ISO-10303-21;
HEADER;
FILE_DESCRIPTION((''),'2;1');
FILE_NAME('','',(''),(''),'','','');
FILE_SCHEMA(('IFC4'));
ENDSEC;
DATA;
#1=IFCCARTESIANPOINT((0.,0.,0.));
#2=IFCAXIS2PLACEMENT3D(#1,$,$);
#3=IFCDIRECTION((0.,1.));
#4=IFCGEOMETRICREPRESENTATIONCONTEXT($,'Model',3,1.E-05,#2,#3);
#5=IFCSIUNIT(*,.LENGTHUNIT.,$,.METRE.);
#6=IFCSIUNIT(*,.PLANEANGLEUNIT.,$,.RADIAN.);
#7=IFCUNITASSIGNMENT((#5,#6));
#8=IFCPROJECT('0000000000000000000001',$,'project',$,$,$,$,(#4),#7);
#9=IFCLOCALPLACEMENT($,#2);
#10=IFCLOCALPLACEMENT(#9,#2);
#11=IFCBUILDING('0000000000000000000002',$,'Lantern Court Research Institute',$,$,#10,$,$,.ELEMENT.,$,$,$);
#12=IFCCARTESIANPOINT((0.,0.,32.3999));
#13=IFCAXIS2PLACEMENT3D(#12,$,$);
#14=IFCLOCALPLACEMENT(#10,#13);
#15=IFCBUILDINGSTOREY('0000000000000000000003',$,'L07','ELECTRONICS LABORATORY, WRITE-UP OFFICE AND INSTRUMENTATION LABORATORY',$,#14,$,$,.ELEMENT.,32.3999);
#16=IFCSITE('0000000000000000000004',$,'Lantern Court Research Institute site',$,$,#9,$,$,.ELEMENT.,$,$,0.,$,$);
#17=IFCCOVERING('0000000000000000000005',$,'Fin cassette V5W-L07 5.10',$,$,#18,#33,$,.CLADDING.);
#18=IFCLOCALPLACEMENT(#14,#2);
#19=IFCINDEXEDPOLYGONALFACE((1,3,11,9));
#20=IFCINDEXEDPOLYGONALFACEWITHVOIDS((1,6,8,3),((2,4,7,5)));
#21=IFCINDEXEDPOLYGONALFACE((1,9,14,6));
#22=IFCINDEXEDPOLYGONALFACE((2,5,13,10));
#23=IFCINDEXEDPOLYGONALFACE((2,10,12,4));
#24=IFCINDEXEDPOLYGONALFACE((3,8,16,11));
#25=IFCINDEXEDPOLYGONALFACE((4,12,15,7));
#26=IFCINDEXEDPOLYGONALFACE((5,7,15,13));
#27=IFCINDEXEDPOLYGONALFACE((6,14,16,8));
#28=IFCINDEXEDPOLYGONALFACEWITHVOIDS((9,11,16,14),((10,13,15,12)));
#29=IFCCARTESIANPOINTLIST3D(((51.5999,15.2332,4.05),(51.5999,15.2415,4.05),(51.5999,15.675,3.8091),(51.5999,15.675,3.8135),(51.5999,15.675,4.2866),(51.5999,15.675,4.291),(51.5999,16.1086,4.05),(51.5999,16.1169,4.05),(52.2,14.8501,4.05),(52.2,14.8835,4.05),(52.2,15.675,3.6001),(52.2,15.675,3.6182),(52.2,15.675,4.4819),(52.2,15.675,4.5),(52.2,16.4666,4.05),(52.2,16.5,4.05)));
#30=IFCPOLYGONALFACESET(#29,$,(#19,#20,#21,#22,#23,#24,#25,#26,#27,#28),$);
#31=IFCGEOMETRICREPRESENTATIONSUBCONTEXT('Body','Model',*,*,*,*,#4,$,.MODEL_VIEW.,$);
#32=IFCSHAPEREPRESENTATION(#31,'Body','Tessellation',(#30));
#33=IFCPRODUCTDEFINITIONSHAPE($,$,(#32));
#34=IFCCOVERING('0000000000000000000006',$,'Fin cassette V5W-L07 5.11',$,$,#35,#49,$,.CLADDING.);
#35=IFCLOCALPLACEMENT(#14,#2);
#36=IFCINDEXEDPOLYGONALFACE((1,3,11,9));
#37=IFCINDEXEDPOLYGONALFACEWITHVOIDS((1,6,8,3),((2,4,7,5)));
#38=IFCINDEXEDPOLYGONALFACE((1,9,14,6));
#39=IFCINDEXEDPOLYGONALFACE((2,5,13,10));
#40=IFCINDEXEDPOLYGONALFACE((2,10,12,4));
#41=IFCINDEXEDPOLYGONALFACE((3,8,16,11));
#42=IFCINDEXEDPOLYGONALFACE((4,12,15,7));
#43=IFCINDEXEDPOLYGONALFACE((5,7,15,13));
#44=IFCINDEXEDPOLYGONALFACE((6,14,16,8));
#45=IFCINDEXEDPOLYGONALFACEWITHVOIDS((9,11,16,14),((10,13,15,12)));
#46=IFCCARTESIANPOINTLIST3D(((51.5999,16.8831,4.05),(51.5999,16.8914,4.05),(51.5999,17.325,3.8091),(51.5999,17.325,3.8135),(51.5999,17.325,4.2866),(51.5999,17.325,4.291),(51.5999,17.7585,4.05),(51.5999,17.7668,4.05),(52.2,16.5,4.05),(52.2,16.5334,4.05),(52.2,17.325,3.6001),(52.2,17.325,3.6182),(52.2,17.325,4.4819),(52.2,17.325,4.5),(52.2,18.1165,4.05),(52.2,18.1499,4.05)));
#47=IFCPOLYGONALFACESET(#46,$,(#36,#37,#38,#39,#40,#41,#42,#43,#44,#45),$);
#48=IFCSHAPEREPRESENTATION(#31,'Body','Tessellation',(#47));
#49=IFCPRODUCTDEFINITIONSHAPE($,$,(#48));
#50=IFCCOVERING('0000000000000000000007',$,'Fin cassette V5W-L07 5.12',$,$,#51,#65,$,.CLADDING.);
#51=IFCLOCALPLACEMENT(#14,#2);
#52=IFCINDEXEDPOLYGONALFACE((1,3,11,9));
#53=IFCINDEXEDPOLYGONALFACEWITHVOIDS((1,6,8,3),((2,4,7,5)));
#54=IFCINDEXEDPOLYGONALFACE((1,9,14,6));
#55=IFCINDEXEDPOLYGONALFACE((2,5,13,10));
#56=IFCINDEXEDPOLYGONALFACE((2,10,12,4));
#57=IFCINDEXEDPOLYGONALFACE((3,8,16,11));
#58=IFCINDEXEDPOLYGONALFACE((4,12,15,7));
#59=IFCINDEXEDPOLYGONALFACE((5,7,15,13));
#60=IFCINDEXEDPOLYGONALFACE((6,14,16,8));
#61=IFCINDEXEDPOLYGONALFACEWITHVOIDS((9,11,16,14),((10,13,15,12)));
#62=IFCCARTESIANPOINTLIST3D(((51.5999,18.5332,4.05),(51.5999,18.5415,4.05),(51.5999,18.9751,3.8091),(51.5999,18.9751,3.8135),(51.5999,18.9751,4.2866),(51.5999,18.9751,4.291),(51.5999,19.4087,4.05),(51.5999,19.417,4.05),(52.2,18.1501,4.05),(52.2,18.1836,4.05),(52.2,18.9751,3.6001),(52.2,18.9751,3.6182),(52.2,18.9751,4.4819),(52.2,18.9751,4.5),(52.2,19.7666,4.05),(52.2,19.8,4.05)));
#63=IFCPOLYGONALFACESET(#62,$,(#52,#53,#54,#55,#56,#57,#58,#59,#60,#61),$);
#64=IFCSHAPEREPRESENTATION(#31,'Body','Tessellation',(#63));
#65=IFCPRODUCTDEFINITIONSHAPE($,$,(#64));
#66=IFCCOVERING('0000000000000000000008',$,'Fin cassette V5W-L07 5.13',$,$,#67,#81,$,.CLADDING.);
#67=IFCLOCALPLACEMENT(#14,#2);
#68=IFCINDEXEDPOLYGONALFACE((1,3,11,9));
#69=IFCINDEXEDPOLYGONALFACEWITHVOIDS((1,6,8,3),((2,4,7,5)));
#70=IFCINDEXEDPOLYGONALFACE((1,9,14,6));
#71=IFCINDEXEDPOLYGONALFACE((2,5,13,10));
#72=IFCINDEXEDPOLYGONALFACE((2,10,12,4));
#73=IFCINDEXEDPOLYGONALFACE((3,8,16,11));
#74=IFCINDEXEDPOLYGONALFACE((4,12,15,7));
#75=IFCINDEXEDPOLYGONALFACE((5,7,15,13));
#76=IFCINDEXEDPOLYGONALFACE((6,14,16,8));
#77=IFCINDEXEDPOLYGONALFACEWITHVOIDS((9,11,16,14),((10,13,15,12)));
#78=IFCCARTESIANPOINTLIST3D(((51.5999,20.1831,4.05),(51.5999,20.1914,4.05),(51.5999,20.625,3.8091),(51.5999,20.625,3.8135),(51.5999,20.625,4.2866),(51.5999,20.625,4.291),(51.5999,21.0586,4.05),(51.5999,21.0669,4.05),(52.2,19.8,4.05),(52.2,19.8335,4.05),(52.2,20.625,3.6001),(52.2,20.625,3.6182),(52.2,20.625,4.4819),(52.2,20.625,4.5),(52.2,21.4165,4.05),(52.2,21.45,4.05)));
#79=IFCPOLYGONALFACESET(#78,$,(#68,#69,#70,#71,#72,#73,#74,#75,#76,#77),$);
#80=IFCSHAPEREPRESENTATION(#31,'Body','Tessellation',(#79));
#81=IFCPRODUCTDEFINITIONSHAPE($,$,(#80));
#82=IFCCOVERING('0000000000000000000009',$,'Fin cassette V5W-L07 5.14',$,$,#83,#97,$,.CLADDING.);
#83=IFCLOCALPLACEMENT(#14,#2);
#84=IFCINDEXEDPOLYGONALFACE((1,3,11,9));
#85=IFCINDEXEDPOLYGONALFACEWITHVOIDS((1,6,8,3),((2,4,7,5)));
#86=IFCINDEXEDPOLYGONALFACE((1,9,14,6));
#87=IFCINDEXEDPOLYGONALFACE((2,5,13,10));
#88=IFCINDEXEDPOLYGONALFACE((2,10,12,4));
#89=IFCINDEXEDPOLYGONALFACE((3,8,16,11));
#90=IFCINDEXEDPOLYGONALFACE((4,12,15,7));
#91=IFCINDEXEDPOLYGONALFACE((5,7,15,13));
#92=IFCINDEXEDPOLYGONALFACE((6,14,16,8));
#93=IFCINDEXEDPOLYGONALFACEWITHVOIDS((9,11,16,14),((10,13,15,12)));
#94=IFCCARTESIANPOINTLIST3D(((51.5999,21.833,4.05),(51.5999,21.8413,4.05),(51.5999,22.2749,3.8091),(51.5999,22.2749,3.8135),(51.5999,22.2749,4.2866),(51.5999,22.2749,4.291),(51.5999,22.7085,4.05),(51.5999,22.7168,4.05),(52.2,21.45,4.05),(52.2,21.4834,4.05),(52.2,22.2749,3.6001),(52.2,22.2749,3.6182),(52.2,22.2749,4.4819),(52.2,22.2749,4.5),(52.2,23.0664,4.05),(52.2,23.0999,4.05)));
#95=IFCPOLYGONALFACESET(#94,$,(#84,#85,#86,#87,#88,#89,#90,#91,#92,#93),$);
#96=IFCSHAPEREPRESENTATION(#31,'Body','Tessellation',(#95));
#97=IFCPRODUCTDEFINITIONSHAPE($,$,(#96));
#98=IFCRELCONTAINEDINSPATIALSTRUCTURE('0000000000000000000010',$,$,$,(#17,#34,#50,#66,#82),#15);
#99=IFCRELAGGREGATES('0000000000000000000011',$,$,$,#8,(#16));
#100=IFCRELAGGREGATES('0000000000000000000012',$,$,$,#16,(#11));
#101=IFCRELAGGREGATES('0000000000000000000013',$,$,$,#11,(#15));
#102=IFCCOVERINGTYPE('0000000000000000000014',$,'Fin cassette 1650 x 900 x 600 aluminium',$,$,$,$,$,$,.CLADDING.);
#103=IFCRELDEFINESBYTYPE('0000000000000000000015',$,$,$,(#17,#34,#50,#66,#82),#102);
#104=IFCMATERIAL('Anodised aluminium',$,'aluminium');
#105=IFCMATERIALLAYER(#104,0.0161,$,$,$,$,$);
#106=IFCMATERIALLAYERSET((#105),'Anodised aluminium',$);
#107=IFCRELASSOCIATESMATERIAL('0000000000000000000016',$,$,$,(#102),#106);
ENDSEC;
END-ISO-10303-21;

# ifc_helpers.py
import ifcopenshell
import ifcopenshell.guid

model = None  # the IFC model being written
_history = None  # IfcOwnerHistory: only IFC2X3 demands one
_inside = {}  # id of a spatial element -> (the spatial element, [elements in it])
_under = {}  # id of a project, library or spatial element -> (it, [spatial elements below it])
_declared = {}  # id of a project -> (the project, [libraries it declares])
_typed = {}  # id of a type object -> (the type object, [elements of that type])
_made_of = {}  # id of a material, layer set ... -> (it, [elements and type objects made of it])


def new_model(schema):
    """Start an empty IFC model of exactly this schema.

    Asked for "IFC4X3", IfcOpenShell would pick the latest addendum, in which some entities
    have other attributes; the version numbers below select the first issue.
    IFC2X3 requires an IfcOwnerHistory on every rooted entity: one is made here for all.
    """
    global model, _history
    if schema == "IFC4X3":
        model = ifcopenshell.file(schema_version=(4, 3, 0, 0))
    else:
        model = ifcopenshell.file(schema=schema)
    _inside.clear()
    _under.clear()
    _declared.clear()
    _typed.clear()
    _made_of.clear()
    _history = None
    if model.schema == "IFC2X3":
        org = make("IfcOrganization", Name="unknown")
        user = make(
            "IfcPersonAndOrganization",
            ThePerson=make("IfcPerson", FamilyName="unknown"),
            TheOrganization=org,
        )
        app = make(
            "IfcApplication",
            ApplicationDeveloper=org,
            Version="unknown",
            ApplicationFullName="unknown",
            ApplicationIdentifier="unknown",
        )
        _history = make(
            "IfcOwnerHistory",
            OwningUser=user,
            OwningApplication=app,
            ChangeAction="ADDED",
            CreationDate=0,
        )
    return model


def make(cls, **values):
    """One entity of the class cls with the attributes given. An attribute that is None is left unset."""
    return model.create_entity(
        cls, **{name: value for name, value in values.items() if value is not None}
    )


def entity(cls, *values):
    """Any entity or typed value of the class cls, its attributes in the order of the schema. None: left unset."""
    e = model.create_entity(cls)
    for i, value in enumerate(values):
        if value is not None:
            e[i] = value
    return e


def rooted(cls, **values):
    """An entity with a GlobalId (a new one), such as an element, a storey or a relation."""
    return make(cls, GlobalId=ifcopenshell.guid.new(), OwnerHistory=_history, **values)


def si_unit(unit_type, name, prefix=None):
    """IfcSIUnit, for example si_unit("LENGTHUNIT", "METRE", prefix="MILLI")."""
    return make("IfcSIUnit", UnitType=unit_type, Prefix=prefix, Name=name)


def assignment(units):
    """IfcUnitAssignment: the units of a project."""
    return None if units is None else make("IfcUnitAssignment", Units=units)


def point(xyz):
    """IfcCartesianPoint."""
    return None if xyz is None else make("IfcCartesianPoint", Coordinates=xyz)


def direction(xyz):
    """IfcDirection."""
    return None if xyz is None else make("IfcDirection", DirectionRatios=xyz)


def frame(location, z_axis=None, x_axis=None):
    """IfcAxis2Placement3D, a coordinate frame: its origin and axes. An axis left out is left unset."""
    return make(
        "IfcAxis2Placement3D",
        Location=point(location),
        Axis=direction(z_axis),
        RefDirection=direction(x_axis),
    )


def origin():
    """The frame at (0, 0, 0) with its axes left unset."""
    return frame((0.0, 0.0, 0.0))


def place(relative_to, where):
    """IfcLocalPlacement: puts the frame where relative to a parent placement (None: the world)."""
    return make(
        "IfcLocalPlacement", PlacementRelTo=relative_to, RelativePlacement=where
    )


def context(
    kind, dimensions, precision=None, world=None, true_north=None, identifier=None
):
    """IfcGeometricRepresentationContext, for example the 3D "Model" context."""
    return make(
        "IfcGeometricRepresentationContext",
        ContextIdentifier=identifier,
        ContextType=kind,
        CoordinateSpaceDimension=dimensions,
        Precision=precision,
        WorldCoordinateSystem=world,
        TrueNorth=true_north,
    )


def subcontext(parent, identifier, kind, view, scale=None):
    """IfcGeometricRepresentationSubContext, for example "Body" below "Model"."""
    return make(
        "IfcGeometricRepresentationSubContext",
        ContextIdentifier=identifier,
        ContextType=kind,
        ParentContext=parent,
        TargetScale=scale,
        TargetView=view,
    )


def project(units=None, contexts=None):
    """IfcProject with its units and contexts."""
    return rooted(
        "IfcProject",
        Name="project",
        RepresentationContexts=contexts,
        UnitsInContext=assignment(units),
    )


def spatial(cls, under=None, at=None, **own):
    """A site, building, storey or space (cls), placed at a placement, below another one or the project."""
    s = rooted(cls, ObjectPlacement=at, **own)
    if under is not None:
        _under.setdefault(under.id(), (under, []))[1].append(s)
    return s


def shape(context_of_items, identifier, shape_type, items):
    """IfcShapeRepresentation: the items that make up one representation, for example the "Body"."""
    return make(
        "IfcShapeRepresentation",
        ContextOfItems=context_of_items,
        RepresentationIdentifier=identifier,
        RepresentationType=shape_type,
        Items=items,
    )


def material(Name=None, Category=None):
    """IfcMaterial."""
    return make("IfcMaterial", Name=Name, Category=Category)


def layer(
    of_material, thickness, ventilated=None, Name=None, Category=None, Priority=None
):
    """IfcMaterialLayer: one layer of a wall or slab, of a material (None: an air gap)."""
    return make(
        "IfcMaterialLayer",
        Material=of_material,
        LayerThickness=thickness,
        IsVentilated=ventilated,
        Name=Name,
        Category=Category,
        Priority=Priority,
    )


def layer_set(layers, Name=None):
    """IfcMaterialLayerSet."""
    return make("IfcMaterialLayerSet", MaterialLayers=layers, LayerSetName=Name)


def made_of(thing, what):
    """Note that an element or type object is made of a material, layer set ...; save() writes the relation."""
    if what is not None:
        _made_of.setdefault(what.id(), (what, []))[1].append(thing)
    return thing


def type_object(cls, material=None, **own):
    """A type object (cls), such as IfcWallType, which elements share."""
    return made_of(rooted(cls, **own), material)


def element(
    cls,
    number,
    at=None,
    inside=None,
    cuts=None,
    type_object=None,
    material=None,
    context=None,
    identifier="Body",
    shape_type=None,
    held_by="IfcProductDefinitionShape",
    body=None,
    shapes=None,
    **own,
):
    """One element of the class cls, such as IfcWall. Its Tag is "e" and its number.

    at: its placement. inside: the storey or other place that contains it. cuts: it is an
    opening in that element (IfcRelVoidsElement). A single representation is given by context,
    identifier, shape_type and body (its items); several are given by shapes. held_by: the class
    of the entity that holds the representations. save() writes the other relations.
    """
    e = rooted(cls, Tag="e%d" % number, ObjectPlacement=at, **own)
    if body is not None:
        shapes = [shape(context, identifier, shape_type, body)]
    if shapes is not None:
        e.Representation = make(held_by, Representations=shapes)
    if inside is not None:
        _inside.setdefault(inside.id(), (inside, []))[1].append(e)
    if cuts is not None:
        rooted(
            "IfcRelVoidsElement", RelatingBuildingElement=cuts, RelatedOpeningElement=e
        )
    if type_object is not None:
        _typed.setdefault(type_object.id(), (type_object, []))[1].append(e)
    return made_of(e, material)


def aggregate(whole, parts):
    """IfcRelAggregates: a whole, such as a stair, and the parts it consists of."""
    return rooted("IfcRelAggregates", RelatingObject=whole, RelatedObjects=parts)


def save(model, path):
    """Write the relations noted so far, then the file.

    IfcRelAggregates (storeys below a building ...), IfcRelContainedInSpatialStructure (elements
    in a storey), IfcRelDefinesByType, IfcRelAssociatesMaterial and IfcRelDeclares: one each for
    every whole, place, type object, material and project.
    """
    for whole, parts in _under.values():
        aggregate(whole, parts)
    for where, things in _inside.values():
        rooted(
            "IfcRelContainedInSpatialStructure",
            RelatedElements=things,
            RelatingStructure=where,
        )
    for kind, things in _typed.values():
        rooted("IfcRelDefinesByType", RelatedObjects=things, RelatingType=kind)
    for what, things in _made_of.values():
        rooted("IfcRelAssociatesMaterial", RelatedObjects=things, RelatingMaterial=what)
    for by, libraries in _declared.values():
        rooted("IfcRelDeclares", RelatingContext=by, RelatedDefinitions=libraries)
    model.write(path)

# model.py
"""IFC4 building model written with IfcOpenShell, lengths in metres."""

from ifc_helpers import new_model, entity, si_unit, direction, frame, origin, place, context, subcontext, project, spatial, material, layer, layer_set, type_object, element, save


model = new_model("IFC4")

# Units and contexts
model_context = context("Model", 3, precision=1e-05, world=origin(), true_north=direction((0.0, 1.0)))
body_context = subcontext(model_context, "Body", "Model", "MODEL_VIEW")
ifc_project = project(units=[si_unit("LENGTHUNIT", "METRE"), si_unit("PLANEANGLEUNIT", "RADIAN")], contexts=[model_context])

# Site, building, storey
site_placement = place(None, origin())
site = spatial("IfcSite", under=ifc_project, at=site_placement, Name="Lantern Court Research Institute site", CompositionType="ELEMENT", RefElevation=0.0)
building_placement = place(site_placement, origin())
building = spatial("IfcBuilding", under=site, at=building_placement, Name="Lantern Court Research Institute", CompositionType="ELEMENT")
storey_placement = place(building_placement, frame((0.0, 0.0, 32.3999)))
storey = spatial("IfcBuildingStorey", under=building, at=storey_placement, Name="L07", Description="ELECTRONICS LABORATORY, WRITE-UP OFFICE AND INSTRUMENTATION LABORATORY", CompositionType="ELEMENT", Elevation=32.3999)

# Coverings
ifc_material_1 = material(Name="Anodised aluminium", Category="aluminium")
ifc_layer = layer(ifc_material_1, 0.0161)
ifc_layer_set = layer_set([ifc_layer], Name="Anodised aluminium")
covering_type = type_object("IfcCoveringType", Name="Fin cassette 1650 x 900 x 600 aluminium", PredefinedType="CLADDING", material=ifc_layer_set)
covering_1_placement = place(storey_placement, frame((52.2, 15.675, 4.05), z_axis=(-1.0, 0.0, 0.0), x_axis=(0.0, -1.0, 0.0)))
cartesian_point_1 = entity("IfcCartesianPoint", [0.825, 0.0])
cartesian_point_2 = entity("IfcCartesianPoint", [0.7915, 0.0])
cartesian_point_3 = entity("IfcCartesianPoint", [0.4419, 0.0])
cartesian_point_4 = entity("IfcCartesianPoint", [0.4336, 0.0])
element("IfcCovering", 1, at=covering_1_placement, inside=storey, type_object=covering_type, Name="Fin cassette V5W-L07 5.10", PredefinedType="CLADDING", context=body_context, shape_type="SweptSolid", body=[
    entity("IfcExtrudedAreaSolidTapered", entity("IfcArbitraryProfileDefWithVoids", "AREA", None, entity("IfcPolyline", [cartesian_point_1, entity("IfcCartesianPoint", [0.0, 0.45]), entity("IfcCartesianPoint", [-0.825, 0.0]), entity("IfcCartesianPoint", [0.0, -0.45]), cartesian_point_1]), [entity("IfcPolyline", [cartesian_point_2, entity("IfcCartesianPoint", [0.0, 0.4319]), entity("IfcCartesianPoint", [-0.7915, 0.0]), entity("IfcCartesianPoint", [0.0, -0.4319]), cartesian_point_2])]), entity("IfcAxis2Placement3D", entity("IfcCartesianPoint", [0.0, 0.0, 0.0])), entity("IfcDirection", [0.0, 0.0, 1.0]), 0.6001, entity("IfcArbitraryProfileDefWithVoids", "AREA", None, entity("IfcPolyline", [cartesian_point_3, entity("IfcCartesianPoint", [0.0, 0.241]), entity("IfcCartesianPoint", [-0.4419, 0.0]), entity("IfcCartesianPoint", [0.0, -0.241]), cartesian_point_3]), [entity("IfcPolyline", [cartesian_point_4, entity("IfcCartesianPoint", [0.0, 0.2366]), entity("IfcCartesianPoint", [-0.4336, 0.0]), entity("IfcCartesianPoint", [0.0, -0.2366]), cartesian_point_4])])),
])
covering_2_placement = place(storey_placement, frame((52.2, 17.325, 4.05), z_axis=(-1.0, 0.0, 0.0), x_axis=(0.0, -1.0, 0.0)))
cartesian_point_5 = entity("IfcCartesianPoint", [0.825, 0.0])
cartesian_point_6 = entity("IfcCartesianPoint", [0.7915, 0.0])
cartesian_point_7 = entity("IfcCartesianPoint", [0.4419, 0.0])
cartesian_point_8 = entity("IfcCartesianPoint", [0.4336, 0.0])
element("IfcCovering", 2, at=covering_2_placement, inside=storey, type_object=covering_type, Name="Fin cassette V5W-L07 5.11", PredefinedType="CLADDING", context=body_context, shape_type="SweptSolid", body=[
    entity("IfcExtrudedAreaSolidTapered", entity("IfcArbitraryProfileDefWithVoids", "AREA", None, entity("IfcPolyline", [cartesian_point_5, entity("IfcCartesianPoint", [0.0, 0.45]), entity("IfcCartesianPoint", [-0.825, 0.0]), entity("IfcCartesianPoint", [0.0, -0.45]), cartesian_point_5]), [entity("IfcPolyline", [cartesian_point_6, entity("IfcCartesianPoint", [0.0, 0.4319]), entity("IfcCartesianPoint", [-0.7915, 0.0]), entity("IfcCartesianPoint", [0.0, -0.4319]), cartesian_point_6])]), entity("IfcAxis2Placement3D", entity("IfcCartesianPoint", [0.0, 0.0, 0.0])), entity("IfcDirection", [0.0, 0.0, 1.0]), 0.6001, entity("IfcArbitraryProfileDefWithVoids", "AREA", None, entity("IfcPolyline", [cartesian_point_7, entity("IfcCartesianPoint", [0.0, 0.241]), entity("IfcCartesianPoint", [-0.4419, 0.0]), entity("IfcCartesianPoint", [0.0, -0.241]), cartesian_point_7]), [entity("IfcPolyline", [cartesian_point_8, entity("IfcCartesianPoint", [0.0, 0.2366]), entity("IfcCartesianPoint", [-0.4336, 0.0]), entity("IfcCartesianPoint", [0.0, -0.2366]), cartesian_point_8])])),
])
covering_3_placement = place(storey_placement, frame((52.2, 18.9751, 4.05), z_axis=(-1.0, 0.0, 0.0), x_axis=(0.0, -1.0, 0.0)))
cartesian_point_9 = entity("IfcCartesianPoint", [0.825, 0.0])
cartesian_point_10 = entity("IfcCartesianPoint", [0.7915, 0.0])
cartesian_point_11 = entity("IfcCartesianPoint", [0.4419, 0.0])
cartesian_point_12 = entity("IfcCartesianPoint", [0.4336, 0.0])
element("IfcCovering", 3, at=covering_3_placement, inside=storey, type_object=covering_type, Name="Fin cassette V5W-L07 5.12", PredefinedType="CLADDING", context=body_context, shape_type="SweptSolid", body=[
    entity("IfcExtrudedAreaSolidTapered", entity("IfcArbitraryProfileDefWithVoids", "AREA", None, entity("IfcPolyline", [cartesian_point_9, entity("IfcCartesianPoint", [0.0, 0.45]), entity("IfcCartesianPoint", [-0.825, 0.0]), entity("IfcCartesianPoint", [0.0, -0.45]), cartesian_point_9]), [entity("IfcPolyline", [cartesian_point_10, entity("IfcCartesianPoint", [0.0, 0.4319]), entity("IfcCartesianPoint", [-0.7915, 0.0]), entity("IfcCartesianPoint", [0.0, -0.4319]), cartesian_point_10])]), entity("IfcAxis2Placement3D", entity("IfcCartesianPoint", [0.0, 0.0, 0.0])), entity("IfcDirection", [0.0, 0.0, 1.0]), 0.6001, entity("IfcArbitraryProfileDefWithVoids", "AREA", None, entity("IfcPolyline", [cartesian_point_11, entity("IfcCartesianPoint", [0.0, 0.241]), entity("IfcCartesianPoint", [-0.4419, 0.0]), entity("IfcCartesianPoint", [0.0, -0.241]), cartesian_point_11]), [entity("IfcPolyline", [cartesian_point_12, entity("IfcCartesianPoint", [0.0, 0.2366]), entity("IfcCartesianPoint", [-0.4336, 0.0]), entity("IfcCartesianPoint", [0.0, -0.2366]), cartesian_point_12])])),
])
covering_4_placement = place(storey_placement, frame((52.2, 20.625, 4.05), z_axis=(-1.0, 0.0, 0.0), x_axis=(0.0, -1.0, 0.0)))
cartesian_point_13 = entity("IfcCartesianPoint", [0.825, 0.0])
cartesian_point_14 = entity("IfcCartesianPoint", [0.7915, 0.0])
cartesian_point_15 = entity("IfcCartesianPoint", [0.4419, 0.0])
cartesian_point_16 = entity("IfcCartesianPoint", [0.4336, 0.0])
element("IfcCovering", 4, at=covering_4_placement, inside=storey, type_object=covering_type, Name="Fin cassette V5W-L07 5.13", PredefinedType="CLADDING", context=body_context, shape_type="SweptSolid", body=[
    entity("IfcExtrudedAreaSolidTapered", entity("IfcArbitraryProfileDefWithVoids", "AREA", None, entity("IfcPolyline", [cartesian_point_13, entity("IfcCartesianPoint", [0.0, 0.45]), entity("IfcCartesianPoint", [-0.825, 0.0]), entity("IfcCartesianPoint", [0.0, -0.45]), cartesian_point_13]), [entity("IfcPolyline", [cartesian_point_14, entity("IfcCartesianPoint", [0.0, 0.4319]), entity("IfcCartesianPoint", [-0.7915, 0.0]), entity("IfcCartesianPoint", [0.0, -0.4319]), cartesian_point_14])]), entity("IfcAxis2Placement3D", entity("IfcCartesianPoint", [0.0, 0.0, 0.0])), entity("IfcDirection", [0.0, 0.0, 1.0]), 0.6001, entity("IfcArbitraryProfileDefWithVoids", "AREA", None, entity("IfcPolyline", [cartesian_point_15, entity("IfcCartesianPoint", [0.0, 0.241]), entity("IfcCartesianPoint", [-0.4419, 0.0]), entity("IfcCartesianPoint", [0.0, -0.241]), cartesian_point_15]), [entity("IfcPolyline", [cartesian_point_16, entity("IfcCartesianPoint", [0.0, 0.2366]), entity("IfcCartesianPoint", [-0.4336, 0.0]), entity("IfcCartesianPoint", [0.0, -0.2366]), cartesian_point_16])])),
])
covering_5_placement = place(storey_placement, frame((52.2, 22.2749, 4.05), z_axis=(-1.0, 0.0, 0.0), x_axis=(0.0, -1.0, 0.0)))
cartesian_point_17 = entity("IfcCartesianPoint", [0.825, 0.0])
cartesian_point_18 = entity("IfcCartesianPoint", [0.7915, 0.0])
cartesian_point_19 = entity("IfcCartesianPoint", [0.4419, 0.0])
cartesian_point_20 = entity("IfcCartesianPoint", [0.4336, 0.0])
element("IfcCovering", 5, at=covering_5_placement, inside=storey, type_object=covering_type, Name="Fin cassette V5W-L07 5.14", PredefinedType="CLADDING", context=body_context, shape_type="SweptSolid", body=[
    entity("IfcExtrudedAreaSolidTapered", entity("IfcArbitraryProfileDefWithVoids", "AREA", None, entity("IfcPolyline", [cartesian_point_17, entity("IfcCartesianPoint", [0.0, 0.45]), entity("IfcCartesianPoint", [-0.825, 0.0]), entity("IfcCartesianPoint", [0.0, -0.45]), cartesian_point_17]), [entity("IfcPolyline", [cartesian_point_18, entity("IfcCartesianPoint", [0.0, 0.4319]), entity("IfcCartesianPoint", [-0.7915, 0.0]), entity("IfcCartesianPoint", [0.0, -0.4319]), cartesian_point_18])]), entity("IfcAxis2Placement3D", entity("IfcCartesianPoint", [0.0, 0.0, 0.0])), entity("IfcDirection", [0.0, 0.0, 1.0]), 0.6001, entity("IfcArbitraryProfileDefWithVoids", "AREA", None, entity("IfcPolyline", [cartesian_point_19, entity("IfcCartesianPoint", [0.0, 0.241]), entity("IfcCartesianPoint", [-0.4419, 0.0]), entity("IfcCartesianPoint", [0.0, -0.241]), cartesian_point_19]), [entity("IfcPolyline", [cartesian_point_20, entity("IfcCartesianPoint", [0.0, 0.2366]), entity("IfcCartesianPoint", [-0.4336, 0.0]), entity("IfcCartesianPoint", [0.0, -0.2366]), cartesian_point_20])])),
])

save(model, "model.ifc")
